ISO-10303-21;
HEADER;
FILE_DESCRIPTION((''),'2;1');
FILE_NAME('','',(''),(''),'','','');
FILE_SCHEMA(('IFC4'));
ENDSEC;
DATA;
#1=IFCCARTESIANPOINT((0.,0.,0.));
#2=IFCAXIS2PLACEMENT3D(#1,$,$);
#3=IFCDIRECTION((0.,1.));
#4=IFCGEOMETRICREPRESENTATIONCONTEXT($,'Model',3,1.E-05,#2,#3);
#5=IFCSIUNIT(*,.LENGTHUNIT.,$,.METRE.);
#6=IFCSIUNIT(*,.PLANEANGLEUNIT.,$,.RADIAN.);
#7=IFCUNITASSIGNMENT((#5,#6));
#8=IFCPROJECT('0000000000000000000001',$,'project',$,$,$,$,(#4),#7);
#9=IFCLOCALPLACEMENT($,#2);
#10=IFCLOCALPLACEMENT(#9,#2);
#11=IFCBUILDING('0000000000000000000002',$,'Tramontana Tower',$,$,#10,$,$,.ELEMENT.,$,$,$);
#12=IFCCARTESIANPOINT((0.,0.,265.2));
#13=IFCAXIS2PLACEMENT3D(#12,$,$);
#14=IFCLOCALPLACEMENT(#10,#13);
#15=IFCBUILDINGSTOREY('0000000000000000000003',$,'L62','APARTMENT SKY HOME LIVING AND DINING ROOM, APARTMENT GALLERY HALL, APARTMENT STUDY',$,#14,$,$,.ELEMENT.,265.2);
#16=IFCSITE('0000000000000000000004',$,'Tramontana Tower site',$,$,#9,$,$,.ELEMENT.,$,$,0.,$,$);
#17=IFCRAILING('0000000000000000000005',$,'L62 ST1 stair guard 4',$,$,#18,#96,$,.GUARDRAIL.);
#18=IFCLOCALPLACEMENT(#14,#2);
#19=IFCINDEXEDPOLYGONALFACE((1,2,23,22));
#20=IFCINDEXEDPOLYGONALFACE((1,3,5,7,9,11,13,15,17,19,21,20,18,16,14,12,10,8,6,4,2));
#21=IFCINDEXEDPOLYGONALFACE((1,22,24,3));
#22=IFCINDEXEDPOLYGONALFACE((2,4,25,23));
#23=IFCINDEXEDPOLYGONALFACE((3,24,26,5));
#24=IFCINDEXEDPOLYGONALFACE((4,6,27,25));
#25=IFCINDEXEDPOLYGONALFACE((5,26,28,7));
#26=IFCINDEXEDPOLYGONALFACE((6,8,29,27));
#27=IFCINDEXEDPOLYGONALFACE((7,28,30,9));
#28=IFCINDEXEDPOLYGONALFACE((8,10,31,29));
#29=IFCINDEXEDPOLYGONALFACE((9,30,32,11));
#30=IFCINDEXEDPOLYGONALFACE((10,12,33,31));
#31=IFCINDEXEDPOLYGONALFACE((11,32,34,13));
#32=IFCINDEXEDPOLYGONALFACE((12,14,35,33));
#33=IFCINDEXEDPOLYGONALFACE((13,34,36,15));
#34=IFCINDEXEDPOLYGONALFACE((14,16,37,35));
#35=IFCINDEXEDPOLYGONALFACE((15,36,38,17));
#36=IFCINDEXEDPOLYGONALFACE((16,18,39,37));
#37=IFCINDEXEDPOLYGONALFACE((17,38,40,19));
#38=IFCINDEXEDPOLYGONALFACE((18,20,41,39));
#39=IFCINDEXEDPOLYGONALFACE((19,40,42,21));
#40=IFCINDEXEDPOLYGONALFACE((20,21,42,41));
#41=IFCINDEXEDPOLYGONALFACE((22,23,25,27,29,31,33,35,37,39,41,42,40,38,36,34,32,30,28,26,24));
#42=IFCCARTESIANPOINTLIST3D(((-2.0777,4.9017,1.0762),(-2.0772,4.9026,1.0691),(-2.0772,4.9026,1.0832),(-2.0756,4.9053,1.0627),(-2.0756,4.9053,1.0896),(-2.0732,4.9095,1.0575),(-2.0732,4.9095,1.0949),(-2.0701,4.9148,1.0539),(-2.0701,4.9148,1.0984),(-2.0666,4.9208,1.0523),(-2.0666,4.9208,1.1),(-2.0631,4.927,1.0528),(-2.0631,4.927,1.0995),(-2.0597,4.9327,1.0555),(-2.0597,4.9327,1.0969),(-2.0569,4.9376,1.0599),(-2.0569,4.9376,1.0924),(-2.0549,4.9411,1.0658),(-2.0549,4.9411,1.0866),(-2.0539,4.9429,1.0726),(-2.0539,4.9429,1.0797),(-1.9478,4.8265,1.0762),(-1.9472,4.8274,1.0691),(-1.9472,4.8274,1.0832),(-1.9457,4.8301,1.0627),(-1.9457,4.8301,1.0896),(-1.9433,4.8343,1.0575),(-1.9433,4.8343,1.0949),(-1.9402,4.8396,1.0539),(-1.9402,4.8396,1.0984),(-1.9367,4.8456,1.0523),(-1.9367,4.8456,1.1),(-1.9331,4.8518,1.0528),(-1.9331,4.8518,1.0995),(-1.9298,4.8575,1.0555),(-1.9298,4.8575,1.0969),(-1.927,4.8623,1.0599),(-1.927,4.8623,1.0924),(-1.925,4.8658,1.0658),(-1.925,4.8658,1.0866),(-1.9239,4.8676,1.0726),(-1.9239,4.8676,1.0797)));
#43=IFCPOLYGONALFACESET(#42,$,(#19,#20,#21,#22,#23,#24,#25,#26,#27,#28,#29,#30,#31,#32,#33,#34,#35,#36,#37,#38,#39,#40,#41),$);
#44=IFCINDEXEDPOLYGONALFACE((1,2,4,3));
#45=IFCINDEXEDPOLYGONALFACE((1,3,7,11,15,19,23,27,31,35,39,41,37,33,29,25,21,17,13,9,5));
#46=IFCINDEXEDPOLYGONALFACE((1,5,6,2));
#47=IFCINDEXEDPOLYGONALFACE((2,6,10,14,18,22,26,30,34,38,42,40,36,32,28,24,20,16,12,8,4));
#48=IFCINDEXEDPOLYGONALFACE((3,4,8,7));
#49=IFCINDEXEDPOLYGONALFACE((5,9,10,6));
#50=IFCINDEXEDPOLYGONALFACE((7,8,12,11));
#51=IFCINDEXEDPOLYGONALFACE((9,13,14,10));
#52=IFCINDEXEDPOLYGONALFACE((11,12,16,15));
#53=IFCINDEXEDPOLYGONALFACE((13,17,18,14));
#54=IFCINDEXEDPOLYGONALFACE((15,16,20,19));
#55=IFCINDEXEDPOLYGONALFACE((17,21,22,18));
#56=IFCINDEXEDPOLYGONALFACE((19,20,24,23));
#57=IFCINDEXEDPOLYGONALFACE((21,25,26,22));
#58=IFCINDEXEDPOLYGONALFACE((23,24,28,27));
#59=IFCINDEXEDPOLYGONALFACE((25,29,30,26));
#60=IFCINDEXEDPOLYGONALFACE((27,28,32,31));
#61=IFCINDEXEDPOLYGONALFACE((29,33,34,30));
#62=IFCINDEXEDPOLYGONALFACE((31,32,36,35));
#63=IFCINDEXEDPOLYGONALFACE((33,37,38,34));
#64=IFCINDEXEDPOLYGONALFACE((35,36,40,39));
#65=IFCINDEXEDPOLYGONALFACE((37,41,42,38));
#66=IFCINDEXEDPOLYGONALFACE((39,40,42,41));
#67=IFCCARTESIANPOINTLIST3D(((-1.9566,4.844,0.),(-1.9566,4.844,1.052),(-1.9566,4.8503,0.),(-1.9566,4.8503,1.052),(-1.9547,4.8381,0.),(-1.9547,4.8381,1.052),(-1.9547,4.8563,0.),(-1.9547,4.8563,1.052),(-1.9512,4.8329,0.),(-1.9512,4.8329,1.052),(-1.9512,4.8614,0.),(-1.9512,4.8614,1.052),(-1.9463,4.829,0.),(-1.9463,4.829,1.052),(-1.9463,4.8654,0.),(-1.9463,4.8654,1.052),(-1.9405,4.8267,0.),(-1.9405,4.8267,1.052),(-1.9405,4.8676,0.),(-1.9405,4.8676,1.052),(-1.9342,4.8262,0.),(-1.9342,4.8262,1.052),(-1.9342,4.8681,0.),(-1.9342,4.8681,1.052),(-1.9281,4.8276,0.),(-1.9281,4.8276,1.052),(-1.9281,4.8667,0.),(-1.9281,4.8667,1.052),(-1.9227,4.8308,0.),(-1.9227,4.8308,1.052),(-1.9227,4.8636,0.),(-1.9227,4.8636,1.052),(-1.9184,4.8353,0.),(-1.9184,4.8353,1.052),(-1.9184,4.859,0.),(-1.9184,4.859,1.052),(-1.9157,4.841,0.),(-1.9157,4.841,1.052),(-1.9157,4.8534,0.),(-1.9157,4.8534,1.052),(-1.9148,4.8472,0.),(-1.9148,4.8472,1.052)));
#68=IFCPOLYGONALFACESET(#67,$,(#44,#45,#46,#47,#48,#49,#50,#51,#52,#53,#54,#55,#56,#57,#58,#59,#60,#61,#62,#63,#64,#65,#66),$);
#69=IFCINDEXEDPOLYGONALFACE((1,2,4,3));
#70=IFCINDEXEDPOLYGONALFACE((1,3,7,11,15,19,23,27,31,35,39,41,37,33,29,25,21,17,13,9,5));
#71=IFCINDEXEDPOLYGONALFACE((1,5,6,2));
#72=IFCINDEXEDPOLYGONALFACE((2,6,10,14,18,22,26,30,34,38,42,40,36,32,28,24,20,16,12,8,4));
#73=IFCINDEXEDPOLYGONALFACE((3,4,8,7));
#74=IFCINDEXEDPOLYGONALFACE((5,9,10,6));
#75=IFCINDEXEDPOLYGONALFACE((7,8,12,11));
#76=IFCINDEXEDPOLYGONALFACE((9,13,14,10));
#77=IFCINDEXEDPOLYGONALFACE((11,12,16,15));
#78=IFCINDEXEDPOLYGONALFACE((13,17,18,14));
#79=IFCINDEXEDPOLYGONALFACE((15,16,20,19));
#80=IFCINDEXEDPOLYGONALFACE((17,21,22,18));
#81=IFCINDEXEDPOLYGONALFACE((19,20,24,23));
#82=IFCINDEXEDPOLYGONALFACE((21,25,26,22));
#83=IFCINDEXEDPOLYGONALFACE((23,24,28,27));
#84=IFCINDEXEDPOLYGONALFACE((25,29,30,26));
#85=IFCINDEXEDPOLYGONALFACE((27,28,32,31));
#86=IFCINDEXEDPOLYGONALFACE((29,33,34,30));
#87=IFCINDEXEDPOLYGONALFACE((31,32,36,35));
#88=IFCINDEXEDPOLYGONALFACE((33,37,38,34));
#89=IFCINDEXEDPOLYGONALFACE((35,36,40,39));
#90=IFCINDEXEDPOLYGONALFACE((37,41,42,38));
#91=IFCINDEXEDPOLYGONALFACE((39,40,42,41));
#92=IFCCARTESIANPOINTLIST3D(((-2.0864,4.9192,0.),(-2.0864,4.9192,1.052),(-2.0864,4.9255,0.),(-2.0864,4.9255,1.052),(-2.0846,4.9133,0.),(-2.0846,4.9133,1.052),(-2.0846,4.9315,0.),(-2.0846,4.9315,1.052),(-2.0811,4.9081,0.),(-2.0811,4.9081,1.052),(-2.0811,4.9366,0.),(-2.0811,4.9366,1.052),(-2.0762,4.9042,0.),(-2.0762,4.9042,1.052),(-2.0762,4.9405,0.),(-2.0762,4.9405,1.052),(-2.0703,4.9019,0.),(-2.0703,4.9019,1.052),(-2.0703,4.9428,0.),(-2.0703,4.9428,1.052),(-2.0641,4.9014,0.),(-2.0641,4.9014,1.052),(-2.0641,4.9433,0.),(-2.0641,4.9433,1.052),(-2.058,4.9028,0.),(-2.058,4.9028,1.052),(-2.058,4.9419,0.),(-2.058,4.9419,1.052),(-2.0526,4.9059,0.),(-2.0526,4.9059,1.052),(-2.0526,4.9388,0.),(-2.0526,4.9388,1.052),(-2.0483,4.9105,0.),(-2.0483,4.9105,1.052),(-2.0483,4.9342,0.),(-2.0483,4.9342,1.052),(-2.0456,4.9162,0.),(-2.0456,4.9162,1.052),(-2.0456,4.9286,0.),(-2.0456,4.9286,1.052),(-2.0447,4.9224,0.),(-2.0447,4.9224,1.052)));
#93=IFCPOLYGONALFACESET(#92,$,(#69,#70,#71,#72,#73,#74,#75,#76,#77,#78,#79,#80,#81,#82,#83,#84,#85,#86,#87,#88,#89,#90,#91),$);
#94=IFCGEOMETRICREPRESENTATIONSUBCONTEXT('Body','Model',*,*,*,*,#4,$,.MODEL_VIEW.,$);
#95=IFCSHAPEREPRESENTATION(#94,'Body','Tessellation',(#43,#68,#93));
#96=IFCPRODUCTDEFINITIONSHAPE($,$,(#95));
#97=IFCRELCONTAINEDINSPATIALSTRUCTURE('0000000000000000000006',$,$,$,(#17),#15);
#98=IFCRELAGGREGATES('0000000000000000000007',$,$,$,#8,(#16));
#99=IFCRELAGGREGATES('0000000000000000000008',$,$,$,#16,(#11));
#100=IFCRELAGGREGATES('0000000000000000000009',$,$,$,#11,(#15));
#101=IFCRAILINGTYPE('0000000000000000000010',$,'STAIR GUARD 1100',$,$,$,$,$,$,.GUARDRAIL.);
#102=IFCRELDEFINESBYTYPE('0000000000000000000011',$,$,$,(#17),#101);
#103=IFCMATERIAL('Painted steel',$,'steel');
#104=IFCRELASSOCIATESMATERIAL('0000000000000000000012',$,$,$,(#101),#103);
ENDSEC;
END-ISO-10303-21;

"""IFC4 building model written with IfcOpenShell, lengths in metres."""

from ifc_helpers import new_model, si_unit, direction, frame, origin, origin_2d, place, context, subcontext, project, spatial, circle, extrude, material, type_object, element, save


model = new_model("IFC4")

# Units and contexts
model_context = context("Model", 3, precision=1e-05, world=origin(), true_north=direction((0.0, 1.0)))
body_context = subcontext(model_context, "Body", "Model", "MODEL_VIEW")
ifc_project = project(units=[si_unit("LENGTHUNIT", "METRE"), si_unit("PLANEANGLEUNIT", "RADIAN")], contexts=[model_context])

# Site, building, storey
site_placement = place(None, origin())
site = spatial("IfcSite", under=ifc_project, at=site_placement, Name="Tramontana Tower site", CompositionType="ELEMENT", RefElevation=0.0)
building_placement = place(site_placement, origin())
building = spatial("IfcBuilding", under=site, at=building_placement, Name="Tramontana Tower", CompositionType="ELEMENT")
storey_placement = place(building_placement, frame((0.0, 0.0, 265.2)))
storey = spatial("IfcBuildingStorey", under=building, at=storey_placement, Name="L62", Description="APARTMENT SKY HOME LIVING AND DINING ROOM, APARTMENT GALLERY HALL, APARTMENT STUDY", CompositionType="ELEMENT", Elevation=265.2)

# Railing
ifc_material_1 = material(Name="Painted steel", Category="steel")
railing_type_1 = type_object("IfcRailingType", Name="STAIR GUARD 1100", PredefinedType="GUARDRAIL", material=ifc_material_1)
railing_1_placement = place(storey_placement, frame((-1.9358, 4.8472, 0.0)))
element("IfcRailing", 1, at=railing_1_placement, inside=storey, type_object=railing_type_1, Name="L62 ST1 stair guard 4", PredefinedType="GUARDRAIL", context=body_context, shape_type="SweptSolid", body=[
    extrude(circle(Radius=0.0239, at=origin_2d()), frame((0.0, 0.0, 1.0762), z_axis=(-0.865426, 0.501036, 0.0), x_axis=(-0.501036, -0.865426, 0.0)), (0.0, 0.0, 1.0), 0.1501),
    extrude(circle(Radius=0.021, at=origin_2d()), origin(), (0.0, 0.0, 1.0), 1.052),
    extrude(circle(Radius=0.021, at=origin_2d()), frame((-0.1299, 0.0752, 0.0)), (0.0, 0.0, 1.0), 1.052),
])

save(model, "model.ifc")
